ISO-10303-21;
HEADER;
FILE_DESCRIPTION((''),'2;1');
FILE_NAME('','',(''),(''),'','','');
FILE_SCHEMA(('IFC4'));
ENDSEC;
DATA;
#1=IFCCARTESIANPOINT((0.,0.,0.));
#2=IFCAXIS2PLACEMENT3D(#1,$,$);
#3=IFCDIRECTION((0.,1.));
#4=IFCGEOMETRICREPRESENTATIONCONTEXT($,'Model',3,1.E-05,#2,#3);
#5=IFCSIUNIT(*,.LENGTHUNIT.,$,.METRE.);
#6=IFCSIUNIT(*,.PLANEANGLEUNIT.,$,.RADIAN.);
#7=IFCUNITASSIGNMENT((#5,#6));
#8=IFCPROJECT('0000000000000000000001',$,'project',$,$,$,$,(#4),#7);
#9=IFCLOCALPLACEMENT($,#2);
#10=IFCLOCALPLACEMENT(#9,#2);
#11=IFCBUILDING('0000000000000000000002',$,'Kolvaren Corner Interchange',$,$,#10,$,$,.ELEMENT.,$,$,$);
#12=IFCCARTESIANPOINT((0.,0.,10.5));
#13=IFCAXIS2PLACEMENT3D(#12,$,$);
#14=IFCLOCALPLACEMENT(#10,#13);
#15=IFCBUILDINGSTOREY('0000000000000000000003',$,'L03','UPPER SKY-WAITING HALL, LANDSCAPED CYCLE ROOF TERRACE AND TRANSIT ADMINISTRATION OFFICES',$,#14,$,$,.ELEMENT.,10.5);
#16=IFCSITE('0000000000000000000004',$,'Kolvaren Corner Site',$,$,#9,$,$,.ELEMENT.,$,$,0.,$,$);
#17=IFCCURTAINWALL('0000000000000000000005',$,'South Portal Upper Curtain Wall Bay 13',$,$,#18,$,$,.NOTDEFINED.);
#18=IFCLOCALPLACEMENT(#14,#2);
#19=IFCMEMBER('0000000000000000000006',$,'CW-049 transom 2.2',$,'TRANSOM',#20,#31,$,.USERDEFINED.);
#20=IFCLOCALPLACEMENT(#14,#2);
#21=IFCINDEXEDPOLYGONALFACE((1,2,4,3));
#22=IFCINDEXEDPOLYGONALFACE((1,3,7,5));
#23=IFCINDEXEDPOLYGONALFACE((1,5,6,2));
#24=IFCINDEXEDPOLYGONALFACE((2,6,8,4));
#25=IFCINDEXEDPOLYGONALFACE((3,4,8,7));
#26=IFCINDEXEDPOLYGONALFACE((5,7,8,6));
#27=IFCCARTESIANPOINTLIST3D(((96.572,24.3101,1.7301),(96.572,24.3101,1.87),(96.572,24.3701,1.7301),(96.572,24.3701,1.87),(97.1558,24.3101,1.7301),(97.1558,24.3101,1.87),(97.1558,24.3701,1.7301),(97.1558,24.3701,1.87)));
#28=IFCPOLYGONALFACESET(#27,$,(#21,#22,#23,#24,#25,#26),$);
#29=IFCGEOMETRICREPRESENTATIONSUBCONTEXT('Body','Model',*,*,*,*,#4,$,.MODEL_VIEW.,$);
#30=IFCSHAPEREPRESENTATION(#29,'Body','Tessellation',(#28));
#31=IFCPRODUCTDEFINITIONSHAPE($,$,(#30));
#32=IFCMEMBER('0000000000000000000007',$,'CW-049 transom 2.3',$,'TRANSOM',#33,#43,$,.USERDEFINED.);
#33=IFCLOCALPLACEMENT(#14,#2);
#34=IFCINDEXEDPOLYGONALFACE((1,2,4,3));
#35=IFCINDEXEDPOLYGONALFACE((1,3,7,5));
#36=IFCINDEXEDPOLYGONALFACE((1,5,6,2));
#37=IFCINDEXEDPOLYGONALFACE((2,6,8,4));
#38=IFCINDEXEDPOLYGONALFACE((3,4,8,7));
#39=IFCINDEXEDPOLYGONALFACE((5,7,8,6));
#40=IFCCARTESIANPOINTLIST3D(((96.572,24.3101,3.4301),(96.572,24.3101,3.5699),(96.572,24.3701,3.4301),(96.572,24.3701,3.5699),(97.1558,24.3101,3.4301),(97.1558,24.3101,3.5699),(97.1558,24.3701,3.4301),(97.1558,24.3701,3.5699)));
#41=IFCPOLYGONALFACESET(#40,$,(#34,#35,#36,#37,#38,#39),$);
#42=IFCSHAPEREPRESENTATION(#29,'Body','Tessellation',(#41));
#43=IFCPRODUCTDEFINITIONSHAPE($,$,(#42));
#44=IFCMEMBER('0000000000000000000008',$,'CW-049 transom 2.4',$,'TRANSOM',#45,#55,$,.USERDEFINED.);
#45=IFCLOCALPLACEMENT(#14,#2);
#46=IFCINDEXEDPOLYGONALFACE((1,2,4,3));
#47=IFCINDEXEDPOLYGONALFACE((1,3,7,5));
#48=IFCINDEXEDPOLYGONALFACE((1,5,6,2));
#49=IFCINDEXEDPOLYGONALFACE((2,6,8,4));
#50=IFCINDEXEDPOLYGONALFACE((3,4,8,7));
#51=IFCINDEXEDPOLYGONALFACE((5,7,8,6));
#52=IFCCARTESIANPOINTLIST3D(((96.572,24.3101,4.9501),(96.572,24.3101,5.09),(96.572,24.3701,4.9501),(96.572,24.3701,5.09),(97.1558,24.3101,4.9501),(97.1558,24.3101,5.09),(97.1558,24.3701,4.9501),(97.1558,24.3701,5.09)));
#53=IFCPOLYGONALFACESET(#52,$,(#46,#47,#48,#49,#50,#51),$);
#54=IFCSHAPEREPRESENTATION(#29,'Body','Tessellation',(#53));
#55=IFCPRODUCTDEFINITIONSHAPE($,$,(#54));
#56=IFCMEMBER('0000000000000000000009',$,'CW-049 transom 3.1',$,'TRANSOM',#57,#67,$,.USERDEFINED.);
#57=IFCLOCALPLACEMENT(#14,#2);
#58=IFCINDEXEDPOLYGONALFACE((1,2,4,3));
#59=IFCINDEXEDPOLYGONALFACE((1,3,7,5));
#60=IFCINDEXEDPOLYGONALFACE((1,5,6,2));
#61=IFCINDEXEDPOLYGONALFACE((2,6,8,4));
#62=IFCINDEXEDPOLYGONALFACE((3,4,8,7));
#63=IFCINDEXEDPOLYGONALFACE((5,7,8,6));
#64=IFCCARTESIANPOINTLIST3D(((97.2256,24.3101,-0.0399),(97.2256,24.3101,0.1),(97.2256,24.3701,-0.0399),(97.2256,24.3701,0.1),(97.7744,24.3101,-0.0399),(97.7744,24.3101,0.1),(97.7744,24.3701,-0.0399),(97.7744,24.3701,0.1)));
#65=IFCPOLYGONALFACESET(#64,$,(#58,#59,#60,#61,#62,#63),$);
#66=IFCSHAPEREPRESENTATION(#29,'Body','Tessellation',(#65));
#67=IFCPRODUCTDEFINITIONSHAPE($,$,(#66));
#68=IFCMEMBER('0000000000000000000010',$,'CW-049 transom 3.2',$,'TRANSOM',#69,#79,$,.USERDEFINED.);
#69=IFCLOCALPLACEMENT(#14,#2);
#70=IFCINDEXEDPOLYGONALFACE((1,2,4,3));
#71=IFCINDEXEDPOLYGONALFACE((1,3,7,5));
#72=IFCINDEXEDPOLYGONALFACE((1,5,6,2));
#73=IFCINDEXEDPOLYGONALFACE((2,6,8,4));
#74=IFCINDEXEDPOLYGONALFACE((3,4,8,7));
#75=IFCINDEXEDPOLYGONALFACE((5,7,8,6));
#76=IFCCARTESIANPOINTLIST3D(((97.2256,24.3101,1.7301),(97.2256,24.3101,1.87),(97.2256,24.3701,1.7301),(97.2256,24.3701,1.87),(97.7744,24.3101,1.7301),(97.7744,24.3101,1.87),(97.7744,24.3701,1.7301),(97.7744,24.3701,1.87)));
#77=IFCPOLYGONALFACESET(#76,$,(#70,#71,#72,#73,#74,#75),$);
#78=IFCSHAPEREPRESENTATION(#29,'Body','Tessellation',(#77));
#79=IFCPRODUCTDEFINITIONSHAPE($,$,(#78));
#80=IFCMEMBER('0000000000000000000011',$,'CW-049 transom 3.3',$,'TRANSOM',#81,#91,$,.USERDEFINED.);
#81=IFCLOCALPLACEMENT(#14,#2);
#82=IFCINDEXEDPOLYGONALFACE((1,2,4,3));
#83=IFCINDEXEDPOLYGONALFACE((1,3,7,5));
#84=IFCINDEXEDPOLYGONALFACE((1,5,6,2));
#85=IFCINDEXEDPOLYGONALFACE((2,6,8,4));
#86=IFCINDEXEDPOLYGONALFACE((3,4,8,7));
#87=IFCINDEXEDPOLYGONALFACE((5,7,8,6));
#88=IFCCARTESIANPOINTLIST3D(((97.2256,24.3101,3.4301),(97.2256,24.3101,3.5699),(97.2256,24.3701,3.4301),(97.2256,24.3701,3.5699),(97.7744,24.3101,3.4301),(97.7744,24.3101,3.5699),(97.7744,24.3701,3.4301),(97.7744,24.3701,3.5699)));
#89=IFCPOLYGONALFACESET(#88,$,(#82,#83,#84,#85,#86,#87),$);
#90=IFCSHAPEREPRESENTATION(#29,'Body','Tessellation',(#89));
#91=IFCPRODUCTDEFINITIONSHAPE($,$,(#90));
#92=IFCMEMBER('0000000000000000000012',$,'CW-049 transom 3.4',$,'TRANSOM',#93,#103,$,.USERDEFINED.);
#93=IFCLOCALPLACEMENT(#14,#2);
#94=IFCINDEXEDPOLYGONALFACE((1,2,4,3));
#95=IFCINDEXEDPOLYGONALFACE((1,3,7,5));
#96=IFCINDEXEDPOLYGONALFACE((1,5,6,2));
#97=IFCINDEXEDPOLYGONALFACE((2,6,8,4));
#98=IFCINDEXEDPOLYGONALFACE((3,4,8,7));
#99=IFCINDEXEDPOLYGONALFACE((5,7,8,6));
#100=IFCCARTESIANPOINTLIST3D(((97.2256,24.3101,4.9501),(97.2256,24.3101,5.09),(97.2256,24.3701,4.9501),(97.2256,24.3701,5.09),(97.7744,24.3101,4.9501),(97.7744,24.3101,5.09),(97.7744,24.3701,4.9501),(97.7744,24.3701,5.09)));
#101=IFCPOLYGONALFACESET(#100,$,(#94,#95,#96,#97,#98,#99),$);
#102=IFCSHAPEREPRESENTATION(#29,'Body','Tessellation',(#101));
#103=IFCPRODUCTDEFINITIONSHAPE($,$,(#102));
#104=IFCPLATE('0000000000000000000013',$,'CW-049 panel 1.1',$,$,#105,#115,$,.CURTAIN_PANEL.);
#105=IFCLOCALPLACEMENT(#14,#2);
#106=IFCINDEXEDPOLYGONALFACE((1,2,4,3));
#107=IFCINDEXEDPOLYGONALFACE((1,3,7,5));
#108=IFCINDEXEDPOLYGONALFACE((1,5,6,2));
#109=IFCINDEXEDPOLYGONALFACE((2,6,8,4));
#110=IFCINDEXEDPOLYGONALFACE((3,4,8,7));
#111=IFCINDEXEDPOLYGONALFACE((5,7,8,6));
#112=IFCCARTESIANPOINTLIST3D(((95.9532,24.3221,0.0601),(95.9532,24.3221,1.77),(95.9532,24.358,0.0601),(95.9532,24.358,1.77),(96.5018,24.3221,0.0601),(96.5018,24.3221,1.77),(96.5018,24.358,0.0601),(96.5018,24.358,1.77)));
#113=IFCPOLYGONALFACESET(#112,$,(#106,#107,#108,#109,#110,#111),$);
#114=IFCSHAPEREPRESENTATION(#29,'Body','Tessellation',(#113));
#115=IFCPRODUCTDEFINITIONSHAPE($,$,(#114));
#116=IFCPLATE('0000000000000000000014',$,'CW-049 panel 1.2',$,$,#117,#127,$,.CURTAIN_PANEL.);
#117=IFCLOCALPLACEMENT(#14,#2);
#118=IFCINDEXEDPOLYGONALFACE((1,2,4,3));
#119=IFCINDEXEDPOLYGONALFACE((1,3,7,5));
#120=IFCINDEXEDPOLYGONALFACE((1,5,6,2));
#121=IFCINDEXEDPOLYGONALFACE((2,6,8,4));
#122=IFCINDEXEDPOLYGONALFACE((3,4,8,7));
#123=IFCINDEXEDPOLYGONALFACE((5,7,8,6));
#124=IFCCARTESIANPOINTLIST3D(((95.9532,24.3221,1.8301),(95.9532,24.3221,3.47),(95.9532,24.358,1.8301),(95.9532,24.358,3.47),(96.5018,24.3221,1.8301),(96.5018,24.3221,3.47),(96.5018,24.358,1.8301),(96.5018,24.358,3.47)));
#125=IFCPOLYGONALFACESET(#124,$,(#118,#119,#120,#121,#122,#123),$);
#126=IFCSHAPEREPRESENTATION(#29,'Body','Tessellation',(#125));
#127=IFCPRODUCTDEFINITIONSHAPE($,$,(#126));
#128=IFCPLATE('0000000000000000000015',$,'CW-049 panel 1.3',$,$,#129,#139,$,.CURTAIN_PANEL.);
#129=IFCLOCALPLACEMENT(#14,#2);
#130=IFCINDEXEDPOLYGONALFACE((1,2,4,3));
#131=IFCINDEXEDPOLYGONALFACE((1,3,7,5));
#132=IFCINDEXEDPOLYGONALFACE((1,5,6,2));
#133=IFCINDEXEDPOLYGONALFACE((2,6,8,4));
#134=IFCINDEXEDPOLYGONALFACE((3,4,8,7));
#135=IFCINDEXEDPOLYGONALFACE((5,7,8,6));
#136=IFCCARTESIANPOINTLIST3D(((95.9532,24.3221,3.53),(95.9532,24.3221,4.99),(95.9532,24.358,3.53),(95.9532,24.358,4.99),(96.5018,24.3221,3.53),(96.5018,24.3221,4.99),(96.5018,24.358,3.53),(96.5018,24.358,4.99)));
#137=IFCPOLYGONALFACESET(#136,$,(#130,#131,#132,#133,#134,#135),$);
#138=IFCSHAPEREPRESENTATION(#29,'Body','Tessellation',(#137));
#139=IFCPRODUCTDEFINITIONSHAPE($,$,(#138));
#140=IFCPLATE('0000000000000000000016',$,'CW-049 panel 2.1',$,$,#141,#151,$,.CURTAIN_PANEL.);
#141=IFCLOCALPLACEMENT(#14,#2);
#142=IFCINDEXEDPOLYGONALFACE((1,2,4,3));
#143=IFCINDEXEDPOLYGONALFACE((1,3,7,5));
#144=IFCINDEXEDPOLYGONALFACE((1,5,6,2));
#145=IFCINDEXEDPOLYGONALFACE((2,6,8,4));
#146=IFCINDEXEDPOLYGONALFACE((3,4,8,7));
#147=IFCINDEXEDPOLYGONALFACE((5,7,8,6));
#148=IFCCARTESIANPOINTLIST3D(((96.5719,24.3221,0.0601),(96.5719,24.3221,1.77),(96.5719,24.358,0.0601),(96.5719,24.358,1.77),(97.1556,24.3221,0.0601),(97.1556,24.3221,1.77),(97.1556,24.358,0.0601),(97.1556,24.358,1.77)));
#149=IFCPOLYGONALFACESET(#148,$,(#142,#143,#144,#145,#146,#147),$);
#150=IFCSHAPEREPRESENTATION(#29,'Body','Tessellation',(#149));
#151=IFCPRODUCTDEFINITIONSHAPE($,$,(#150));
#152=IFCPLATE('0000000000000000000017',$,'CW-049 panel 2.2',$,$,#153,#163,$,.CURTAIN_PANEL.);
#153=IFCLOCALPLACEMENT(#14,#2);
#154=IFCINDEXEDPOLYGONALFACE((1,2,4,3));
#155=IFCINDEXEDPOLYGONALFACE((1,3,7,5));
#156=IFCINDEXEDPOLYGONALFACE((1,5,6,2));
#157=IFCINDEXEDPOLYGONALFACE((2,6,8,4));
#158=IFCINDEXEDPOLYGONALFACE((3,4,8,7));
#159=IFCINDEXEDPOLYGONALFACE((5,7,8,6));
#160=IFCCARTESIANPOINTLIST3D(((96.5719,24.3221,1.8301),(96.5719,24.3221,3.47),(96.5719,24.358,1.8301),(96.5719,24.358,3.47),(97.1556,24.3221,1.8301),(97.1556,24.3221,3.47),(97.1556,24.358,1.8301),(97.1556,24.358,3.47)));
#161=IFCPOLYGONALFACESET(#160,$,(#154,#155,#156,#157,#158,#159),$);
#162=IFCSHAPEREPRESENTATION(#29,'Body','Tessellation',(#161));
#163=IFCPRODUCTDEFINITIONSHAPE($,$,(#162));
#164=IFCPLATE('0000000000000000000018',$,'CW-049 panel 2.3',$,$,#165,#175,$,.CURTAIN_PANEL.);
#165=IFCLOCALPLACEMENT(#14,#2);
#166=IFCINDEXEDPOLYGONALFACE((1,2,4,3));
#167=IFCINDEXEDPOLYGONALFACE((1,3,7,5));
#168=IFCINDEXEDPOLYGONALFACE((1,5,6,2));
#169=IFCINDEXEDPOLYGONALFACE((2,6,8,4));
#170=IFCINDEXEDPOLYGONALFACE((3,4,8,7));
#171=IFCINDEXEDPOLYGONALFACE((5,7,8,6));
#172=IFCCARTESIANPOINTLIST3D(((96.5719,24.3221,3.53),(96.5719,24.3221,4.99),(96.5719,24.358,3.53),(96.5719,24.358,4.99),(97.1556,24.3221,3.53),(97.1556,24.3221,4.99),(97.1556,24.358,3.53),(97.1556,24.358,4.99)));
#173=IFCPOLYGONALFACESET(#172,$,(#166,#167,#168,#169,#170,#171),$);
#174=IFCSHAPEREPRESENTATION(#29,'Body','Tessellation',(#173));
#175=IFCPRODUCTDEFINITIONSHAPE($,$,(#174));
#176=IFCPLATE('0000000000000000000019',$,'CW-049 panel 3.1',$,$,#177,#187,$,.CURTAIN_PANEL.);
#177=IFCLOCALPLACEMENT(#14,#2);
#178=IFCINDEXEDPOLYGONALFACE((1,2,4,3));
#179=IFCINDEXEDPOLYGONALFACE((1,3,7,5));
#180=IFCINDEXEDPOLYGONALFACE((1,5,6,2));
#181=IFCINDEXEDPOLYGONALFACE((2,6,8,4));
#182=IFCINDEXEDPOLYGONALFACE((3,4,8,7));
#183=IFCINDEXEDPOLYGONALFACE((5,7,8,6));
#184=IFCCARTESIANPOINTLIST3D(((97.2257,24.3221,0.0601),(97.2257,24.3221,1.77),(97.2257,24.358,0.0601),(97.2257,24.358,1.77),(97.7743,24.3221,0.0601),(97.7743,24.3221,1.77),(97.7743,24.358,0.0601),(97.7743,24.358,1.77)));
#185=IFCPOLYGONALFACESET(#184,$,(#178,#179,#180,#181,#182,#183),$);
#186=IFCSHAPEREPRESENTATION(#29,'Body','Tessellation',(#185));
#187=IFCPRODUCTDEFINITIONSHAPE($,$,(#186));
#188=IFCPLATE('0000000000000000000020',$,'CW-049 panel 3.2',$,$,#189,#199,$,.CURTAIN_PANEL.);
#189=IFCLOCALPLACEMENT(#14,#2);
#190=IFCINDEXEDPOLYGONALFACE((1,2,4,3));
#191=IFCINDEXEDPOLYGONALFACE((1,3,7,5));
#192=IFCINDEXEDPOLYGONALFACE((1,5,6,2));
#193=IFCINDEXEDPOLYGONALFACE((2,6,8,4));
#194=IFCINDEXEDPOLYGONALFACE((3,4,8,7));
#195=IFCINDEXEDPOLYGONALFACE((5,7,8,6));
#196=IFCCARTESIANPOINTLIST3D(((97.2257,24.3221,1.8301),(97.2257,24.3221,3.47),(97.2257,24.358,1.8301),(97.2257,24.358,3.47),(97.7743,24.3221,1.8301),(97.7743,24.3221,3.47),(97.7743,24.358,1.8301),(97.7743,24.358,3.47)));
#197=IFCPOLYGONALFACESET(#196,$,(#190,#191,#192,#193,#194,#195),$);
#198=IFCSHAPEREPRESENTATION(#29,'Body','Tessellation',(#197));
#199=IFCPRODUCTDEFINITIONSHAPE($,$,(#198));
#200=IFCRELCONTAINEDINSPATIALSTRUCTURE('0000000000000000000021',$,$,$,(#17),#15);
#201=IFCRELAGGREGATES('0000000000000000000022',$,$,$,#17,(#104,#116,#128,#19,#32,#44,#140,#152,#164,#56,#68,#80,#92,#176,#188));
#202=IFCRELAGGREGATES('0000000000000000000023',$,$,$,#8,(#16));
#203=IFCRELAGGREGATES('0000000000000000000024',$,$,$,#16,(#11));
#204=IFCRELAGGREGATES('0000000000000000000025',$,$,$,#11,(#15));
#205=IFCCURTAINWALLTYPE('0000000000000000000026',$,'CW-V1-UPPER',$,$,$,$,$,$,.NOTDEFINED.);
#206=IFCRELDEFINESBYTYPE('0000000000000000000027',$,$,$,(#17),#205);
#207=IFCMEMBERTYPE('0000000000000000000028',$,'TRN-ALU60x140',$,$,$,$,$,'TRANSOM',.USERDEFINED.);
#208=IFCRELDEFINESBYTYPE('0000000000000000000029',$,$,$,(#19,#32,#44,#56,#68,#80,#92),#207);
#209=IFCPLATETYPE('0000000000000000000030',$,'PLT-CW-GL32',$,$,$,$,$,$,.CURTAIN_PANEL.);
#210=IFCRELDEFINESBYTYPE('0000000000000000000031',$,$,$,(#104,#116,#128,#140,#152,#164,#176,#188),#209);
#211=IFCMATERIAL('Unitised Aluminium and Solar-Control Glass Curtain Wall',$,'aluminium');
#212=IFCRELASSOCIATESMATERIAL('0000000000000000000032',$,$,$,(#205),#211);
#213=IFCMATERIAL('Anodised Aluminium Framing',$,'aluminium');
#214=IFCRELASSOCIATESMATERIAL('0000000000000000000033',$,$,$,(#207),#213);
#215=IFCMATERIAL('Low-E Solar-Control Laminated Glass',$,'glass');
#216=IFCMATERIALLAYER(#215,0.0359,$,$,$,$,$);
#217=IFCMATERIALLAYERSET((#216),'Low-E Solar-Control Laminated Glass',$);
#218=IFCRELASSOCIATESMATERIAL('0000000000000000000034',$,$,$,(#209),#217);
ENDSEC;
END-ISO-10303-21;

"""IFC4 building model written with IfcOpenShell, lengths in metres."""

from ifc_helpers import new_model, si_unit, direction, frame, origin, origin_2d, place, context, subcontext, project, spatial, rectangle, extrude, material, layer, layer_set, material_profile, profile_set, type_object, element, aggregate, save


model = new_model("IFC4")

# Units and contexts
model_context = context("Model", 3, precision=1e-05, world=origin(), true_north=direction((0.0, 1.0)))
body_context = subcontext(model_context, "Body", "Model", "MODEL_VIEW")
ifc_project = project(units=[si_unit("LENGTHUNIT", "METRE"), si_unit("PLANEANGLEUNIT", "RADIAN")], contexts=[model_context])

# Site, building, storey
site_placement = place(None, origin())
site = spatial("IfcSite", under=ifc_project, at=site_placement, Name="Kolvaren Corner Site", CompositionType="ELEMENT", RefElevation=0.0)
building_placement = place(site_placement, origin())
building = spatial("IfcBuilding", under=site, at=building_placement, Name="Kolvaren Corner Interchange", CompositionType="ELEMENT")
storey_placement = place(building_placement, frame((0.0, 0.0, 10.5)))
storey = spatial("IfcBuildingStorey", under=building, at=storey_placement, Name="L03", Description="UPPER SKY-WAITING HALL, LANDSCAPED CYCLE ROOF TERRACE AND TRANSIT ADMINISTRATION OFFICES", CompositionType="ELEMENT", Elevation=10.5)

# Curtain wall
ifc_material_1 = material(Name="Unitised Aluminium and Solar-Control Glass Curtain Wall", Category="aluminium")
curtain_wall_type = type_object("IfcCurtainWallType", Name="CW-V1-UPPER", PredefinedType="NOTDEFINED", material=ifc_material_1)
curtain_wall_1_placement = place(storey_placement, origin())
curtain_wall_1 = element("IfcCurtainWall", 1, at=curtain_wall_1_placement, inside=storey, type_object=curtain_wall_type, Name="South Portal Upper Curtain Wall Bay 13", PredefinedType="NOTDEFINED")

# Members
ifc_material_2 = material(Name="Anodised Aluminium Framing", Category="aluminium")
ifc_material_profile_1 = material_profile(ifc_material_2, rectangle(XDim=0.0601, YDim=0.1399, at=origin_2d()), Name="ALU 60x140")
ifc_profile_set_1 = profile_set([ifc_material_profile_1], Name="Anodised Aluminium Framing")
member_type_1 = type_object("IfcMemberType", Name="TRN-ALU60x140", ElementType="TRANSOM", PredefinedType="USERDEFINED", material=ifc_profile_set_1)
member_1_placement = place(storey_placement, frame((96.572, 24.3401, 1.8), z_axis=(1.0, 0.0, 0.0), x_axis=(0.0, 1.0, 0.0)))
member_1 = element("IfcMember", 2, at=member_1_placement, type_object=member_type_1, Name="CW-049 transom 2.2", ObjectType="TRANSOM", PredefinedType="USERDEFINED", context=body_context, shape_type="SweptSolid", body=[
    extrude(rectangle(XDim=0.0601, YDim=0.1399, at=origin_2d()), origin(), (0.0, 0.0, 1.0), 0.5837),
])
member_2_placement = place(storey_placement, frame((96.572, 24.3401, 3.5), z_axis=(1.0, 0.0, 0.0), x_axis=(0.0, 1.0, 0.0)))
member_2 = element("IfcMember", 3, at=member_2_placement, type_object=member_type_1, Name="CW-049 transom 2.3", ObjectType="TRANSOM", PredefinedType="USERDEFINED", context=body_context, shape_type="SweptSolid", body=[
    extrude(rectangle(XDim=0.0601, YDim=0.1399, at=origin_2d()), origin(), (0.0, 0.0, 1.0), 0.5837),
])
member_3_placement = place(storey_placement, frame((96.572, 24.3401, 5.02), z_axis=(1.0, 0.0, 0.0), x_axis=(0.0, 1.0, 0.0)))
member_3 = element("IfcMember", 4, at=member_3_placement, type_object=member_type_1, Name="CW-049 transom 2.4", ObjectType="TRANSOM", PredefinedType="USERDEFINED", context=body_context, shape_type="SweptSolid", body=[
    extrude(rectangle(XDim=0.0601, YDim=0.1399, at=origin_2d()), origin(), (0.0, 0.0, 1.0), 0.5837),
])
member_4_placement = place(storey_placement, frame((97.2256, 24.3401, 0.03), z_axis=(1.0, 0.0, 0.0), x_axis=(0.0, 1.0, 0.0)))
member_4 = element("IfcMember", 5, at=member_4_placement, type_object=member_type_1, Name="CW-049 transom 3.1", ObjectType="TRANSOM", PredefinedType="USERDEFINED", context=body_context, shape_type="SweptSolid", body=[
    extrude(rectangle(XDim=0.0601, YDim=0.1399, at=origin_2d()), origin(), (0.0, 0.0, 1.0), 0.5488),
])
member_5_placement = place(storey_placement, frame((97.2256, 24.3401, 1.8), z_axis=(1.0, 0.0, 0.0), x_axis=(0.0, 1.0, 0.0)))
member_5 = element("IfcMember", 6, at=member_5_placement, type_object=member_type_1, Name="CW-049 transom 3.2", ObjectType="TRANSOM", PredefinedType="USERDEFINED", context=body_context, shape_type="SweptSolid", body=[
    extrude(rectangle(XDim=0.0601, YDim=0.1399, at=origin_2d()), origin(), (0.0, 0.0, 1.0), 0.5488),
])
member_6_placement = place(storey_placement, frame((97.2256, 24.3401, 3.5), z_axis=(1.0, 0.0, 0.0), x_axis=(0.0, 1.0, 0.0)))
member_6 = element("IfcMember", 7, at=member_6_placement, type_object=member_type_1, Name="CW-049 transom 3.3", ObjectType="TRANSOM", PredefinedType="USERDEFINED", context=body_context, shape_type="SweptSolid", body=[
    extrude(rectangle(XDim=0.0601, YDim=0.1399, at=origin_2d()), origin(), (0.0, 0.0, 1.0), 0.5488),
])
member_7_placement = place(storey_placement, frame((97.2256, 24.3401, 5.02), z_axis=(1.0, 0.0, 0.0), x_axis=(0.0, 1.0, 0.0)))
member_7 = element("IfcMember", 8, at=member_7_placement, type_object=member_type_1, Name="CW-049 transom 3.4", ObjectType="TRANSOM", PredefinedType="USERDEFINED", context=body_context, shape_type="SweptSolid", body=[
    extrude(rectangle(XDim=0.0601, YDim=0.1399, at=origin_2d()), origin(), (0.0, 0.0, 1.0), 0.5488),
])

# Plates
ifc_material_3 = material(Name="Low-E Solar-Control Laminated Glass", Category="glass")
ifc_layer = layer(ifc_material_3, 0.0359)
ifc_layer_set = layer_set([ifc_layer], Name="Low-E Solar-Control Laminated Glass")
plate_type = type_object("IfcPlateType", Name="PLT-CW-GL32", PredefinedType="CURTAIN_PANEL", material=ifc_layer_set)
plate_1_placement = place(storey_placement, frame((96.2275, 24.3401, 0.0601), z_axis=(0.0, 0.0, 1.0), x_axis=(1.0, 0.0, 0.0)))
plate_1 = element("IfcPlate", 9, at=plate_1_placement, type_object=plate_type, Name="CW-049 panel 1.1", PredefinedType="CURTAIN_PANEL", context=body_context, shape_type="SweptSolid", body=[
    extrude(rectangle(XDim=0.5486, YDim=0.0359, at=origin_2d()), origin(), (0.0, 0.0, 1.0), 1.71),
])
plate_2_placement = place(storey_placement, frame((96.2275, 24.3401, 1.8301), z_axis=(0.0, 0.0, 1.0), x_axis=(1.0, 0.0, 0.0)))
plate_2 = element("IfcPlate", 10, at=plate_2_placement, type_object=plate_type, Name="CW-049 panel 1.2", PredefinedType="CURTAIN_PANEL", context=body_context, shape_type="SweptSolid", body=[
    extrude(rectangle(XDim=0.5486, YDim=0.0359, at=origin_2d()), origin(), (0.0, 0.0, 1.0), 1.6399),
])
plate_3_placement = place(storey_placement, frame((96.2275, 24.3401, 3.53), z_axis=(0.0, 0.0, 1.0), x_axis=(1.0, 0.0, 0.0)))
plate_3 = element("IfcPlate", 11, at=plate_3_placement, type_object=plate_type, Name="CW-049 panel 1.3", PredefinedType="CURTAIN_PANEL", context=body_context, shape_type="SweptSolid", body=[
    extrude(rectangle(XDim=0.5486, YDim=0.0359, at=origin_2d()), origin(), (0.0, 0.0, 1.0), 1.46),
])
plate_4_placement = place(storey_placement, frame((96.8638, 24.3401, 0.0601), z_axis=(0.0, 0.0, 1.0), x_axis=(1.0, 0.0, 0.0)))
plate_4 = element("IfcPlate", 12, at=plate_4_placement, type_object=plate_type, Name="CW-049 panel 2.1", PredefinedType="CURTAIN_PANEL", context=body_context, shape_type="SweptSolid", body=[
    extrude(rectangle(XDim=0.5837, YDim=0.0359, at=origin_2d()), origin(), (0.0, 0.0, 1.0), 1.71),
])
plate_5_placement = place(storey_placement, frame((96.8638, 24.3401, 1.8301), z_axis=(0.0, 0.0, 1.0), x_axis=(1.0, 0.0, 0.0)))
plate_5 = element("IfcPlate", 13, at=plate_5_placement, type_object=plate_type, Name="CW-049 panel 2.2", PredefinedType="CURTAIN_PANEL", context=body_context, shape_type="SweptSolid", body=[
    extrude(rectangle(XDim=0.5837, YDim=0.0359, at=origin_2d()), origin(), (0.0, 0.0, 1.0), 1.6399),
])
plate_6_placement = place(storey_placement, frame((96.8638, 24.3401, 3.53), z_axis=(0.0, 0.0, 1.0), x_axis=(1.0, 0.0, 0.0)))
plate_6 = element("IfcPlate", 14, at=plate_6_placement, type_object=plate_type, Name="CW-049 panel 2.3", PredefinedType="CURTAIN_PANEL", context=body_context, shape_type="SweptSolid", body=[
    extrude(rectangle(XDim=0.5837, YDim=0.0359, at=origin_2d()), origin(), (0.0, 0.0, 1.0), 1.46),
])
plate_7_placement = place(storey_placement, frame((97.5, 24.3401, 0.0601), z_axis=(0.0, 0.0, 1.0), x_axis=(1.0, 0.0, 0.0)))
plate_7 = element("IfcPlate", 15, at=plate_7_placement, type_object=plate_type, Name="CW-049 panel 3.1", PredefinedType="CURTAIN_PANEL", context=body_context, shape_type="SweptSolid", body=[
    extrude(rectangle(XDim=0.5486, YDim=0.0359, at=origin_2d()), origin(), (0.0, 0.0, 1.0), 1.71),
])
plate_8_placement = place(storey_placement, frame((97.5, 24.3401, 1.8301), z_axis=(0.0, 0.0, 1.0), x_axis=(1.0, 0.0, 0.0)))
plate_8 = element("IfcPlate", 16, at=plate_8_placement, type_object=plate_type, Name="CW-049 panel 3.2", PredefinedType="CURTAIN_PANEL", context=body_context, shape_type="SweptSolid", body=[
    extrude(rectangle(XDim=0.5486, YDim=0.0359, at=origin_2d()), origin(), (0.0, 0.0, 1.0), 1.6399),
])
aggregate(curtain_wall_1, [plate_1, plate_2, plate_3, member_1, member_2, member_3, plate_4, plate_5, plate_6, member_4, member_5, member_6, member_7, plate_7, plate_8])

save(model, "model.ifc")
